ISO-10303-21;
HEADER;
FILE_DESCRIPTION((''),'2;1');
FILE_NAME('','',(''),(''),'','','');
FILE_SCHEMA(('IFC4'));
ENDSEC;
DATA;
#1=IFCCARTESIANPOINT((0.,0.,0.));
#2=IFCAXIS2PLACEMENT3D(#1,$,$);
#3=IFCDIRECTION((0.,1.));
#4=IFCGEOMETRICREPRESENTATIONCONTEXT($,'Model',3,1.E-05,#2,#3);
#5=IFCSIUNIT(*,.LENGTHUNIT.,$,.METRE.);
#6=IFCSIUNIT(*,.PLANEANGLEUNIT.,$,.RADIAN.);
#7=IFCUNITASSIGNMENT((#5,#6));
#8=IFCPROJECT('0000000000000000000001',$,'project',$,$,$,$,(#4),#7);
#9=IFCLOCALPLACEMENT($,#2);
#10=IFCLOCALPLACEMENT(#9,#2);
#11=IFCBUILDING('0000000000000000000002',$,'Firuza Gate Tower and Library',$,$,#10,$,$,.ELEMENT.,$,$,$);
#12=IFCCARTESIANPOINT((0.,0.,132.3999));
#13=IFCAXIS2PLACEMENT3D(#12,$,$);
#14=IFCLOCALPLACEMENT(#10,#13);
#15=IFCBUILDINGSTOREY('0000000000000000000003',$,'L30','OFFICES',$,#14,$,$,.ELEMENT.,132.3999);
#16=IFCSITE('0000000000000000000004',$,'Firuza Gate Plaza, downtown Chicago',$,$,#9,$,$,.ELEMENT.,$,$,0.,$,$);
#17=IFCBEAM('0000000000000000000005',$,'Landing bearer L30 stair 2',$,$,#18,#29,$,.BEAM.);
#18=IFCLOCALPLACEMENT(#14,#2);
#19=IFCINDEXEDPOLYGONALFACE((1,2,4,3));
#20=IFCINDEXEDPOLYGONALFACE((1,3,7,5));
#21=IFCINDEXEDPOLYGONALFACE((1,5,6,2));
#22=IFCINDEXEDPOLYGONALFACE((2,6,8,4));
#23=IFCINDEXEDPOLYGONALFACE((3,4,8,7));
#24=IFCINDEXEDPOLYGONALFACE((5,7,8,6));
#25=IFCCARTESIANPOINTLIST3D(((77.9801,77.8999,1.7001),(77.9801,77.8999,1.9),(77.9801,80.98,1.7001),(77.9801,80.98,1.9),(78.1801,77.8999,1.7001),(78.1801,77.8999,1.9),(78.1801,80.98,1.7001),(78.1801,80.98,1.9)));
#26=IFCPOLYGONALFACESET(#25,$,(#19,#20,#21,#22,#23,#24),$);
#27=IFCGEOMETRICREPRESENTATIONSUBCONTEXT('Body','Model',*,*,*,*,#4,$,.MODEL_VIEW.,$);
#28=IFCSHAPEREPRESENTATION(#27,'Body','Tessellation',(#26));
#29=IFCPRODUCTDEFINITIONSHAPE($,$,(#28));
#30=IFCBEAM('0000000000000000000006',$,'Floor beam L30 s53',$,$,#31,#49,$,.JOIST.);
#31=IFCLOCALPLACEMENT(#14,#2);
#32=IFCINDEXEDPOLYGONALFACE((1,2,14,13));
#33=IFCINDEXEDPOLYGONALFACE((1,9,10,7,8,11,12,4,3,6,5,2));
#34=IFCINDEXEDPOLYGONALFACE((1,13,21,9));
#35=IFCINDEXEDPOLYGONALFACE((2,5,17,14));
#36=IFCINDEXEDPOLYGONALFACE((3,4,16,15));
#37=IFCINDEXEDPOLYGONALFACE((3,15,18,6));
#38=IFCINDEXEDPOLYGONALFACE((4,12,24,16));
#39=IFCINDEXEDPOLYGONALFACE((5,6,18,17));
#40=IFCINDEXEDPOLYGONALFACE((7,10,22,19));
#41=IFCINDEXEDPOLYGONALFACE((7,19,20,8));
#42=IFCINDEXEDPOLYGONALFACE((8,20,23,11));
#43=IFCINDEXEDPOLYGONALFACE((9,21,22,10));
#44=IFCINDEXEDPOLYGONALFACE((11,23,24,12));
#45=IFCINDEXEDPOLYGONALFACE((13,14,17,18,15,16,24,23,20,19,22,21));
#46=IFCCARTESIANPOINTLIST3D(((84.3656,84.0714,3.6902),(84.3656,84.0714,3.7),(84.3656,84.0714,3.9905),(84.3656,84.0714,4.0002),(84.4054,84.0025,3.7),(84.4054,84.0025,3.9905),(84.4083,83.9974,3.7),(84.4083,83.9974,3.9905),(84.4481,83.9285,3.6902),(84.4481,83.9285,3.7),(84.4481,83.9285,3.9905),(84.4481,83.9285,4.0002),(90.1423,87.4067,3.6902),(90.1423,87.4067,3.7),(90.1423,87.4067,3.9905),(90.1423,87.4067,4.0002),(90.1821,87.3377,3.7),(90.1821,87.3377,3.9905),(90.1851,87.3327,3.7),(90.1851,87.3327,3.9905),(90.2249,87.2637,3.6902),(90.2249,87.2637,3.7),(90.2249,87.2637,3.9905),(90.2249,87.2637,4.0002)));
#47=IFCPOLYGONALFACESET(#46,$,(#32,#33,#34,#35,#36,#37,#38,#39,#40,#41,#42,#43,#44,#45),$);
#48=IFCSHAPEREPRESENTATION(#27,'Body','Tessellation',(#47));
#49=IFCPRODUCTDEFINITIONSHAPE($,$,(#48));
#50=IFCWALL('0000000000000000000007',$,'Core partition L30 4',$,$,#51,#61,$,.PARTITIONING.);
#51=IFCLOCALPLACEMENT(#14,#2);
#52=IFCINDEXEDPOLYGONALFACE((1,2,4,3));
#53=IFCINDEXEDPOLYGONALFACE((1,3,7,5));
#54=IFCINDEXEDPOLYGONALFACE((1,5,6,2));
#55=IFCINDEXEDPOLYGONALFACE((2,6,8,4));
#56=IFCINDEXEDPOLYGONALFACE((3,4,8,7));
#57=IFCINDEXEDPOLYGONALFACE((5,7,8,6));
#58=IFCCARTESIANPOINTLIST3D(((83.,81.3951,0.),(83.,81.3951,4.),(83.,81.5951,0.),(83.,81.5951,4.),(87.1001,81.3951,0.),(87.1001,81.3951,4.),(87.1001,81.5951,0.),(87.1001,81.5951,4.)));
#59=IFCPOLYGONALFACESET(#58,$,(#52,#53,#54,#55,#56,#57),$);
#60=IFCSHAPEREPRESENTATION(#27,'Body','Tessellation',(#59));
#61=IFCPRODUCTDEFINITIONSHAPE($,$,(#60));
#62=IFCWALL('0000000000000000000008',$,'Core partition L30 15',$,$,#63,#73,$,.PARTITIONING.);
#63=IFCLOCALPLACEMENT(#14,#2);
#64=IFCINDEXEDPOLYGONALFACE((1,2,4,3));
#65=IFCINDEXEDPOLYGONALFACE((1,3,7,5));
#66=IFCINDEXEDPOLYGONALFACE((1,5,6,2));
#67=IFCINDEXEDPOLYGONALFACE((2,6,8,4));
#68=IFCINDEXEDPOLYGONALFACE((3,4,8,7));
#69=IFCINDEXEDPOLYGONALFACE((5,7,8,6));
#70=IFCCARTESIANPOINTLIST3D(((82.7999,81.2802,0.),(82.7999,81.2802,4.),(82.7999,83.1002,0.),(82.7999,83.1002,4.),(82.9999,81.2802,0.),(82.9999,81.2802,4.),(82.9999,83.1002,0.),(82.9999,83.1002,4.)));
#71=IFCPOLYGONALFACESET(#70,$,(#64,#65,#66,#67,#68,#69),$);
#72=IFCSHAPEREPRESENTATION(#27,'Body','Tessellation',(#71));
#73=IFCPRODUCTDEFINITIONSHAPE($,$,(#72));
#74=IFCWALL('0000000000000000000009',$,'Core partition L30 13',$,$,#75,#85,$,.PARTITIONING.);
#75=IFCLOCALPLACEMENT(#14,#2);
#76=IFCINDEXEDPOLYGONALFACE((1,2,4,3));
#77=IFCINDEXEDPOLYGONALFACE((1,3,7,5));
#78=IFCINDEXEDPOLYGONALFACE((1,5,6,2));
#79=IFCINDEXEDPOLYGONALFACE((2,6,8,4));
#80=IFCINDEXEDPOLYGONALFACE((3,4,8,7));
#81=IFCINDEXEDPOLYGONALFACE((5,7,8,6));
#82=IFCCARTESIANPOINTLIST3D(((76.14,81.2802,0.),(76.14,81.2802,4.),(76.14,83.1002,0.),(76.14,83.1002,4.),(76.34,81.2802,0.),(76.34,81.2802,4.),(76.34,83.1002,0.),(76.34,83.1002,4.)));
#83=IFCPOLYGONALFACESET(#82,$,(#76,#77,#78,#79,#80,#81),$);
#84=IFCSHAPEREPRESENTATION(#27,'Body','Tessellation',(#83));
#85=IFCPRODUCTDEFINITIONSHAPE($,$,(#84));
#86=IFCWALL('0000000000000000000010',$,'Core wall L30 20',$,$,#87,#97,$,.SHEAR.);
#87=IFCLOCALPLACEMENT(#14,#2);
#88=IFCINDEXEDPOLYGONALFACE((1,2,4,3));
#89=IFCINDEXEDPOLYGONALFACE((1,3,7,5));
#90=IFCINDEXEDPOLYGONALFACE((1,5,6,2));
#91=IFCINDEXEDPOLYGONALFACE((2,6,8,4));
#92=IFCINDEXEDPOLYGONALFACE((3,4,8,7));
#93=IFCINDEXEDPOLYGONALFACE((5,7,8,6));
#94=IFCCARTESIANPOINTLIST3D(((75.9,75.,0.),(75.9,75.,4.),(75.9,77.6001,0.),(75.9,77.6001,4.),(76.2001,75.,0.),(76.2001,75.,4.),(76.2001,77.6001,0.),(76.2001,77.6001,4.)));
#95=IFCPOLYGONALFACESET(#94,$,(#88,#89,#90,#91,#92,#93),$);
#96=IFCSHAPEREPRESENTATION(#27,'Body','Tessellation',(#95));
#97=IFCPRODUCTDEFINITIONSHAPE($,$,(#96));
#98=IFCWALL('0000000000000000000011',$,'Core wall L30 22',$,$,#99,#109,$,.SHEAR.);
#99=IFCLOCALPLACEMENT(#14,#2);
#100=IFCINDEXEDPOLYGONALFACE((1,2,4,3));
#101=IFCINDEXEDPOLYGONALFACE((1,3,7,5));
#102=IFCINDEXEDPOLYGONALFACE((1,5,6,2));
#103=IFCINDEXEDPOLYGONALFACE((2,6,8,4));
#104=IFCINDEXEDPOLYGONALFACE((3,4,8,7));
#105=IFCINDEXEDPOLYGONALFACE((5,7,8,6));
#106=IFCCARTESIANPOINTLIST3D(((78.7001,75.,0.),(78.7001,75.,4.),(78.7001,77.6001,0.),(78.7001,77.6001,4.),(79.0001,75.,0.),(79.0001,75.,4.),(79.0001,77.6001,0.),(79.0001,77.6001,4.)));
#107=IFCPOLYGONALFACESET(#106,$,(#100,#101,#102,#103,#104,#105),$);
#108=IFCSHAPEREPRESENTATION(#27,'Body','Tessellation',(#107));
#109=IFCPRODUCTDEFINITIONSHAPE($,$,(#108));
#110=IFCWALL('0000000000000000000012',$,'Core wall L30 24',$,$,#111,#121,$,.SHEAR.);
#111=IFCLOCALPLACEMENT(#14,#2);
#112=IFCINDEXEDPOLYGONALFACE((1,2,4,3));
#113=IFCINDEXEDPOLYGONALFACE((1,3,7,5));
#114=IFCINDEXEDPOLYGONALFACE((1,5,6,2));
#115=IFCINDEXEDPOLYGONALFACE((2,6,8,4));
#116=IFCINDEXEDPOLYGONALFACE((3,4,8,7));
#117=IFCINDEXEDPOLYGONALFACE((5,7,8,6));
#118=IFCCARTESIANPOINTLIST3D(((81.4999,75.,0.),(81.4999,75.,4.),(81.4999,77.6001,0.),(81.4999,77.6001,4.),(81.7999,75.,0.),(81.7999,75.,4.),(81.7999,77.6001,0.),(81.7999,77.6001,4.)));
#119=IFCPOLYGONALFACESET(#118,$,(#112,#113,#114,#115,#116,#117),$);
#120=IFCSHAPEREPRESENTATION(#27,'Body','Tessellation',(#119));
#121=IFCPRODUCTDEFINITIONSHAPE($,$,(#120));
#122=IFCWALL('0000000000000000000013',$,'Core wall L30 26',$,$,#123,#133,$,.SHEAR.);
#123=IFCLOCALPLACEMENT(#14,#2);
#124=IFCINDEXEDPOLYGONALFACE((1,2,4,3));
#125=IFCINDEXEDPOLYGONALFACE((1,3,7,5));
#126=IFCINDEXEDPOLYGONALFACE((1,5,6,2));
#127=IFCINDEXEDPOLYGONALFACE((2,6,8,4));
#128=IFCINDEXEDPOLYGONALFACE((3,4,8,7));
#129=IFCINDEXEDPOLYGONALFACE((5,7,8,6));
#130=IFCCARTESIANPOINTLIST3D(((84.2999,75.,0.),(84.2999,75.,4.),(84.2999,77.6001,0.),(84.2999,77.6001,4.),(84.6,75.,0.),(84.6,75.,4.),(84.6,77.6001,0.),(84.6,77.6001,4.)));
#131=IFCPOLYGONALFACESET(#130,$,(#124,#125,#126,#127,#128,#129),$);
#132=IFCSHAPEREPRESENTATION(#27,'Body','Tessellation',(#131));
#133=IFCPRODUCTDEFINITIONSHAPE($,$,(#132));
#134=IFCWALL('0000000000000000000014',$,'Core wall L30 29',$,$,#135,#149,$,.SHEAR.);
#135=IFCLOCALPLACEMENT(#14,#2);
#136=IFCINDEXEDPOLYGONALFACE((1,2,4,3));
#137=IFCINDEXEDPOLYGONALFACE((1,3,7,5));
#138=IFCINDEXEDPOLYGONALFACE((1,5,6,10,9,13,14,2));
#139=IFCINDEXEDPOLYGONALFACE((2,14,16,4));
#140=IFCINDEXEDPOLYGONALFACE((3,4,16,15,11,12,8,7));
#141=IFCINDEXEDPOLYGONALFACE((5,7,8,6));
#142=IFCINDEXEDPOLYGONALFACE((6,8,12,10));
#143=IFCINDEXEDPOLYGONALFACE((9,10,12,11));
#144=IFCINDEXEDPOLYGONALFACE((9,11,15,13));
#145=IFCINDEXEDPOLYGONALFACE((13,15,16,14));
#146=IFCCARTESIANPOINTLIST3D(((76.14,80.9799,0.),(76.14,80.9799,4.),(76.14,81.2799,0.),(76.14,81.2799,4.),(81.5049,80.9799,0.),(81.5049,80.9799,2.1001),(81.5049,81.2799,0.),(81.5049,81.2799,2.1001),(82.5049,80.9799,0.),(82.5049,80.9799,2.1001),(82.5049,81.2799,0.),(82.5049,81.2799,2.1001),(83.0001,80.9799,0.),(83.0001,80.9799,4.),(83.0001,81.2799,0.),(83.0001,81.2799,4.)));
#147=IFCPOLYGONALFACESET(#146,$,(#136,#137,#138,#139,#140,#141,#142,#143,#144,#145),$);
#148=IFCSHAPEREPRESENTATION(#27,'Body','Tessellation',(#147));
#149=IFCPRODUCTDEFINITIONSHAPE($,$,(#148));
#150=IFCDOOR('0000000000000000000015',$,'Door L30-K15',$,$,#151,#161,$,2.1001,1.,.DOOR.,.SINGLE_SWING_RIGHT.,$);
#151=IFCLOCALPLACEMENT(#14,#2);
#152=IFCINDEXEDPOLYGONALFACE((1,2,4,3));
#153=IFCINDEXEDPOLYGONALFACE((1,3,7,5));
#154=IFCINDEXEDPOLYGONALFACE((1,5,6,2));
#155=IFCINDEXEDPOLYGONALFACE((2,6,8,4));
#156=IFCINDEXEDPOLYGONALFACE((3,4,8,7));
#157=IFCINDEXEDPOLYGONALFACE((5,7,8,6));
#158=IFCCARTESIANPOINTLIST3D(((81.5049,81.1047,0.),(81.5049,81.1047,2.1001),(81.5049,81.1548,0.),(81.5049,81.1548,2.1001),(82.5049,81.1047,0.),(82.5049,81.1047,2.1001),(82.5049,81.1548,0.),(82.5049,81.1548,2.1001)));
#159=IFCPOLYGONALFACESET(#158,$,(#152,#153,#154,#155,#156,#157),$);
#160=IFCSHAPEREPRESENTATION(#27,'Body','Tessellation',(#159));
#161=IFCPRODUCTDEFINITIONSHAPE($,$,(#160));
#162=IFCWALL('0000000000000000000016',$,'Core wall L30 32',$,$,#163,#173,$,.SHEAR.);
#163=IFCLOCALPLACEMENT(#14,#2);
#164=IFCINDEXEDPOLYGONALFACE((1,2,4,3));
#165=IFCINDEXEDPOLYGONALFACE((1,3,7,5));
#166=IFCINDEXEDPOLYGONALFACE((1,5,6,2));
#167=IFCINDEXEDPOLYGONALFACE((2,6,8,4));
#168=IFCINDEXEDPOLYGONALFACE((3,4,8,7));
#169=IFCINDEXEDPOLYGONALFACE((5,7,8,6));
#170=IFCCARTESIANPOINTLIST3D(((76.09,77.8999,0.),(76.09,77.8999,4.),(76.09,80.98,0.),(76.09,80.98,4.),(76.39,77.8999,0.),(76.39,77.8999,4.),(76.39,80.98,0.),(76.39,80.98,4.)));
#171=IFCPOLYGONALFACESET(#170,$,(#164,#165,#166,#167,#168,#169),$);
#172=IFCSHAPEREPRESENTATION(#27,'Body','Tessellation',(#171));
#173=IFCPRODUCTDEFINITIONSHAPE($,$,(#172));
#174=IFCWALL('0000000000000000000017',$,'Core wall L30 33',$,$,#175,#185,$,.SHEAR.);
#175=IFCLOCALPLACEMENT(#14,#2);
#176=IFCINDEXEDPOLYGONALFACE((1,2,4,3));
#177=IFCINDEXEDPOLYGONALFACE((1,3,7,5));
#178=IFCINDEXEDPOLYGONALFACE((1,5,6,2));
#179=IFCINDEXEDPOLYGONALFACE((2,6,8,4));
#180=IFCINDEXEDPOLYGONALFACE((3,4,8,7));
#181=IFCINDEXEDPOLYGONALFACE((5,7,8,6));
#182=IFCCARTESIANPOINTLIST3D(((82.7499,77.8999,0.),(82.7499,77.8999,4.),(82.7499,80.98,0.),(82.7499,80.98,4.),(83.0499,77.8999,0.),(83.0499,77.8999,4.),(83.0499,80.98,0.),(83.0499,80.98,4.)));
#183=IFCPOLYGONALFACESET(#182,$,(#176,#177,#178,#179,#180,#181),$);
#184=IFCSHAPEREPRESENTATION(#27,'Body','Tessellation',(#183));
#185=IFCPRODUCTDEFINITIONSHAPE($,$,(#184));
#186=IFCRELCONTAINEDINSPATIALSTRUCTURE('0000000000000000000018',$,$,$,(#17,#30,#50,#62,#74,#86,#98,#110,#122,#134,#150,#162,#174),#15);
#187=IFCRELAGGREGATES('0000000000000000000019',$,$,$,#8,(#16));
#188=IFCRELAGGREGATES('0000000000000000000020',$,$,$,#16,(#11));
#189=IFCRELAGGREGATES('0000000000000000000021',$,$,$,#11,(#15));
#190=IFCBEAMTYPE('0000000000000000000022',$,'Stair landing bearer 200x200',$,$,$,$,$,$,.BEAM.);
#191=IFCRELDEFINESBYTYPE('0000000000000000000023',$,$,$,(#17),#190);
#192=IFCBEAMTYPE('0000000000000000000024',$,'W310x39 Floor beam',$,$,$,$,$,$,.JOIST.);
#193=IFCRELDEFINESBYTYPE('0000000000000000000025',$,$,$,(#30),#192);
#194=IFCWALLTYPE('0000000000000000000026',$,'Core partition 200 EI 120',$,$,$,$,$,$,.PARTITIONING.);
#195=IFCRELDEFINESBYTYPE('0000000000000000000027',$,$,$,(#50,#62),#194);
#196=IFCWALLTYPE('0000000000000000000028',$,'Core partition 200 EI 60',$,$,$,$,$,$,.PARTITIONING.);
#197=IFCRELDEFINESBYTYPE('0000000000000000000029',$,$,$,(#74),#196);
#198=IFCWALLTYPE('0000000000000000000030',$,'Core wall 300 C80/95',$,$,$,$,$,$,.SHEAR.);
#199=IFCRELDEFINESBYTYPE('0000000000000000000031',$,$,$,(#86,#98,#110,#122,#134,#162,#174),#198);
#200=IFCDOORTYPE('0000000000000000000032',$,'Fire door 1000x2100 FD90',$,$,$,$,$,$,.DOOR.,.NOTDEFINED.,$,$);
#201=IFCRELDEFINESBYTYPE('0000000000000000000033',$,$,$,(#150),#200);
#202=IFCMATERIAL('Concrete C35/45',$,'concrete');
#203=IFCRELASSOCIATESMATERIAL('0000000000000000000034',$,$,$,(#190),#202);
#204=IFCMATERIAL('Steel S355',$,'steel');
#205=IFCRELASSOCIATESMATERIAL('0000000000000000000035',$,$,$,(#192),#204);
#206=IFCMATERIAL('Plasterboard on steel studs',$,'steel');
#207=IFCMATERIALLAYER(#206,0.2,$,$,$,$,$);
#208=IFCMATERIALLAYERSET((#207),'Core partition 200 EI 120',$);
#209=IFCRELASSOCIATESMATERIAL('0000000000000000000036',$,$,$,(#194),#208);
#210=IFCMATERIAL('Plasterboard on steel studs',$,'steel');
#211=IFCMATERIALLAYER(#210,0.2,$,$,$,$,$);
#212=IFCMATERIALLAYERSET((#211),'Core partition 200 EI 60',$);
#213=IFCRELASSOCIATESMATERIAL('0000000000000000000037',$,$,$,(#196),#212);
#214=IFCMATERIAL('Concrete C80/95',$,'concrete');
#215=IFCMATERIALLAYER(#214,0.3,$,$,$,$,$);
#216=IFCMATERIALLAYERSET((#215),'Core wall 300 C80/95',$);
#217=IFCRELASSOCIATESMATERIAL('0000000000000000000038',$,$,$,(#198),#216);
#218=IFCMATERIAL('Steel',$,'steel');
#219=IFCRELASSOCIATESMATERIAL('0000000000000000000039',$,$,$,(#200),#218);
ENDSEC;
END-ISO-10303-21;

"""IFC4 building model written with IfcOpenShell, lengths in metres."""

from ifc_helpers import new_model, si_unit, direction, frame, frame_2d, origin, origin_2d, place, context, subcontext, project, spatial, rectangle, i_section, extrude, material, layer, layer_set, material_profile, profile_set, type_object, element, fill, save


model = new_model("IFC4")

# Units and contexts
model_context = context("Model", 3, precision=1e-05, world=origin(), true_north=direction((0.0, 1.0)))
body_context = subcontext(model_context, "Body", "Model", "MODEL_VIEW")
ifc_project = project(units=[si_unit("LENGTHUNIT", "METRE"), si_unit("PLANEANGLEUNIT", "RADIAN")], contexts=[model_context])

# Site, building, storey
site_placement = place(None, origin())
site = spatial("IfcSite", under=ifc_project, at=site_placement, Name="Firuza Gate Plaza, downtown Chicago", CompositionType="ELEMENT", RefElevation=0.0)
building_placement = place(site_placement, origin())
building = spatial("IfcBuilding", under=site, at=building_placement, Name="Firuza Gate Tower and Library", CompositionType="ELEMENT")
storey_placement = place(building_placement, frame((0.0, 0.0, 132.3999)))
storey = spatial("IfcBuildingStorey", under=building, at=storey_placement, Name="L30", Description="OFFICES", CompositionType="ELEMENT", Elevation=132.3999)

# Beams
ifc_material_1 = material(Name="Concrete C35/45", Category="concrete")
ifc_material_profile_1 = material_profile(ifc_material_1, rectangle(XDim=0.2, YDim=0.2, at=origin_2d()))
ifc_profile_set_1 = profile_set([ifc_material_profile_1], Name="Concrete C35/45")
beam_type_1 = type_object("IfcBeamType", Name="Stair landing bearer 200x200", PredefinedType="BEAM", material=ifc_profile_set_1)
beam_1_placement = place(storey_placement, frame((78.0801, 80.98, 1.8), z_axis=(0.0, -1.0, 0.0), x_axis=(1.0, 0.0, 0.0)))
element("IfcBeam", 1, at=beam_1_placement, inside=storey, type_object=beam_type_1, Name="Landing bearer L30 stair 2", PredefinedType="BEAM", context=body_context, shape_type="SweptSolid", body=[
    extrude(rectangle(XDim=0.2, YDim=0.2, at=origin_2d()), origin(), (0.0, 0.0, 1.0), 3.0801),
])
ifc_material_2 = material(Name="Steel S355", Category="steel")
ifc_material_profile_2 = material_profile(ifc_material_2, i_section(OverallWidth=0.165, OverallDepth=0.3101, WebThickness=0.0059, FlangeThickness=0.0098, at=origin_2d()))
ifc_profile_set_2 = profile_set([ifc_material_profile_2], Name="Steel S355")
beam_type_2 = type_object("IfcBeamType", Name="W310x39 Floor beam", PredefinedType="JOIST", material=ifc_profile_set_2)
beam_2_placement = place(storey_placement, frame((90.1836, 87.3352, 3.8452), z_axis=(-0.86602, -0.500009, 0.0), x_axis=(0.500009, -0.86602, 0.0)))
element("IfcBeam", 2, at=beam_2_placement, inside=storey, type_object=beam_type_2, Name="Floor beam L30 s53", PredefinedType="JOIST", context=body_context, shape_type="SweptSolid", body=[
    extrude(i_section(OverallWidth=0.165, OverallDepth=0.3101, WebThickness=0.0059, FlangeThickness=0.0098, at=origin_2d()), origin(), (0.0, 0.0, 1.0), 6.6704),
])

# Walls
ifc_material_3 = material(Name="Plasterboard on steel studs", Category="steel")
ifc_layer_1 = layer(ifc_material_3, 0.2)
ifc_layer_set_1 = layer_set([ifc_layer_1], Name="Core partition 200 EI 120")
wall_type_1 = type_object("IfcWallType", Name="Core partition 200 EI 120", PredefinedType="PARTITIONING", material=ifc_layer_set_1)
wall_1_placement = place(storey_placement, frame((83.0, 81.4951, 0.0), z_axis=(0.0, 0.0, 1.0), x_axis=(1.0, 0.0, 0.0)))
element("IfcWall", 3, at=wall_1_placement, inside=storey, type_object=wall_type_1, Name="Core partition L30 4", PredefinedType="PARTITIONING", context=body_context, shape_type="SweptSolid", body=[
    extrude(rectangle(XDim=4.1001, YDim=0.2, at=frame_2d((2.05, 0.0))), origin(), (0.0, 0.0, 1.0), 4.0),
])
wall_2_placement = place(storey_placement, frame((82.8999, 81.28, 0.0), z_axis=(0.0, 0.0, 1.0), x_axis=(0.0, 1.0, 0.0)))
element("IfcWall", 4, at=wall_2_placement, inside=storey, type_object=wall_type_1, Name="Core partition L30 15", PredefinedType="PARTITIONING", context=body_context, shape_type="SweptSolid", body=[
    extrude(rectangle(XDim=1.8201, YDim=0.2, at=frame_2d((0.9102, 0.0))), origin(), (0.0, 0.0, 1.0), 4.0),
])
ifc_material_4 = material(Name="Plasterboard on steel studs", Category="steel")
ifc_layer_2 = layer(ifc_material_4, 0.2)
ifc_layer_set_2 = layer_set([ifc_layer_2], Name="Core partition 200 EI 60")
wall_type_2 = type_object("IfcWallType", Name="Core partition 200 EI 60", PredefinedType="PARTITIONING", material=ifc_layer_set_2)
wall_3_placement = place(storey_placement, frame((76.24, 81.28, 0.0), z_axis=(0.0, 0.0, 1.0), x_axis=(0.0, 1.0, 0.0)))
element("IfcWall", 5, at=wall_3_placement, inside=storey, type_object=wall_type_2, Name="Core partition L30 13", PredefinedType="PARTITIONING", context=body_context, shape_type="SweptSolid", body=[
    extrude(rectangle(XDim=1.8201, YDim=0.2, at=frame_2d((0.9102, 0.0))), origin(), (0.0, 0.0, 1.0), 4.0),
])
ifc_material_5 = material(Name="Concrete C80/95", Category="concrete")
ifc_layer_3 = layer(ifc_material_5, 0.3)
ifc_layer_set_3 = layer_set([ifc_layer_3], Name="Core wall 300 C80/95")
wall_type_3 = type_object("IfcWallType", Name="Core wall 300 C80/95", PredefinedType="SHEAR", material=ifc_layer_set_3)
for number, where, z_axis, x_axis, name in (
    (6, (76.05, 75.0, 0.0), (0.0, 0.0, 1.0), (0.0, 1.0, 0.0), "Core wall L30 20"),
    (7, (78.8501, 75.0, 0.0), (0.0, 0.0, 1.0), (0.0, 1.0, 0.0), "Core wall L30 22"),
    (8, (81.6499, 75.0, 0.0), (0.0, 0.0, 1.0), (0.0, 1.0, 0.0), "Core wall L30 24"),
    (9, (84.45, 75.0, 0.0), (0.0, 0.0, 1.0), (0.0, 1.0, 0.0), "Core wall L30 26"),
):
    element("IfcWall", number, at=place(storey_placement, frame(where, z_axis=z_axis, x_axis=x_axis)), inside=storey, type_object=wall_type_3, Name=name, PredefinedType="SHEAR", context=body_context, shape_type="SweptSolid", body=[
        extrude(rectangle(XDim=2.6001, YDim=0.3, at=frame_2d((1.3, 0.0))), origin(), (0.0, 0.0, 1.0), 4.0),
    ])

# Wall, opening, door
wall_4_placement = place(storey_placement, frame((76.1399, 81.1299, 0.0), z_axis=(0.0, 0.0, 1.0), x_axis=(1.0, 0.0, 0.0)))
wall_4 = element("IfcWall", 10, at=wall_4_placement, inside=storey, type_object=wall_type_3, Name="Core wall L30 29", PredefinedType="SHEAR", context=body_context, shape_type="SweptSolid", body=[
    extrude(rectangle(XDim=6.8601, YDim=0.3, at=frame_2d((3.4302, 0.0))), origin(), (0.0, 0.0, 1.0), 4.0),
])
opening_1_placement = place(wall_4_placement, frame((5.365, 0.0, 0.0)))
opening_1 = element("IfcOpeningElement", 11, at=opening_1_placement, cuts=wall_4, PredefinedType="OPENING", context=body_context, shape_type="SweptSolid", body=[
    extrude(rectangle(XDim=1.0, YDim=2.1001, at=frame_2d((0.5, 1.05))), frame((0.0, 0.1602, 0.0), z_axis=(0.0, -1.0, 0.0), x_axis=(1.0, 0.0, 0.0)), (0.0, 0.0, 1.0), 0.3201),
])
ifc_material_6 = material(Name="Steel", Category="steel")
door_type_1 = type_object("IfcDoorType", Name="Fire door 1000x2100 FD90", OperationType="NOTDEFINED", PredefinedType="DOOR", material=ifc_material_6)
door_1_placement = place(opening_1_placement, origin())
door_1 = element("IfcDoor", 12, at=door_1_placement, inside=storey, type_object=door_type_1, Name="Door L30-K15", OperationType="SINGLE_SWING_RIGHT", OverallHeight=2.1001, OverallWidth=1.0, PredefinedType="DOOR", context=body_context, shape_type="SweptSolid", body=[
    extrude(rectangle(XDim=1.0, YDim=2.1001, at=frame_2d((0.5, 1.05))), frame((0.0, 0.0249, 0.0), z_axis=(0.0, -1.0, 0.0), x_axis=(1.0, 0.0, 0.0)), (0.0, 0.0, 1.0), 0.05),
])
fill(opening_1, door_1)

# Walls
for number, where, z_axis, x_axis, name in (
    (13, (76.24, 77.8999, 0.0), (0.0, 0.0, 1.0), (0.0, 1.0, 0.0), "Core wall L30 32"),
    (14, (82.8999, 77.8999, 0.0), (0.0, 0.0, 1.0), (0.0, 1.0, 0.0), "Core wall L30 33"),
):
    element("IfcWall", number, at=place(storey_placement, frame(where, z_axis=z_axis, x_axis=x_axis)), inside=storey, type_object=wall_type_3, Name=name, PredefinedType="SHEAR", context=body_context, shape_type="SweptSolid", body=[
        extrude(rectangle(XDim=3.0801, YDim=0.3, at=frame_2d((1.54, 0.0))), origin(), (0.0, 0.0, 1.0), 4.0),
    ])

save(model, "model.ifc")
